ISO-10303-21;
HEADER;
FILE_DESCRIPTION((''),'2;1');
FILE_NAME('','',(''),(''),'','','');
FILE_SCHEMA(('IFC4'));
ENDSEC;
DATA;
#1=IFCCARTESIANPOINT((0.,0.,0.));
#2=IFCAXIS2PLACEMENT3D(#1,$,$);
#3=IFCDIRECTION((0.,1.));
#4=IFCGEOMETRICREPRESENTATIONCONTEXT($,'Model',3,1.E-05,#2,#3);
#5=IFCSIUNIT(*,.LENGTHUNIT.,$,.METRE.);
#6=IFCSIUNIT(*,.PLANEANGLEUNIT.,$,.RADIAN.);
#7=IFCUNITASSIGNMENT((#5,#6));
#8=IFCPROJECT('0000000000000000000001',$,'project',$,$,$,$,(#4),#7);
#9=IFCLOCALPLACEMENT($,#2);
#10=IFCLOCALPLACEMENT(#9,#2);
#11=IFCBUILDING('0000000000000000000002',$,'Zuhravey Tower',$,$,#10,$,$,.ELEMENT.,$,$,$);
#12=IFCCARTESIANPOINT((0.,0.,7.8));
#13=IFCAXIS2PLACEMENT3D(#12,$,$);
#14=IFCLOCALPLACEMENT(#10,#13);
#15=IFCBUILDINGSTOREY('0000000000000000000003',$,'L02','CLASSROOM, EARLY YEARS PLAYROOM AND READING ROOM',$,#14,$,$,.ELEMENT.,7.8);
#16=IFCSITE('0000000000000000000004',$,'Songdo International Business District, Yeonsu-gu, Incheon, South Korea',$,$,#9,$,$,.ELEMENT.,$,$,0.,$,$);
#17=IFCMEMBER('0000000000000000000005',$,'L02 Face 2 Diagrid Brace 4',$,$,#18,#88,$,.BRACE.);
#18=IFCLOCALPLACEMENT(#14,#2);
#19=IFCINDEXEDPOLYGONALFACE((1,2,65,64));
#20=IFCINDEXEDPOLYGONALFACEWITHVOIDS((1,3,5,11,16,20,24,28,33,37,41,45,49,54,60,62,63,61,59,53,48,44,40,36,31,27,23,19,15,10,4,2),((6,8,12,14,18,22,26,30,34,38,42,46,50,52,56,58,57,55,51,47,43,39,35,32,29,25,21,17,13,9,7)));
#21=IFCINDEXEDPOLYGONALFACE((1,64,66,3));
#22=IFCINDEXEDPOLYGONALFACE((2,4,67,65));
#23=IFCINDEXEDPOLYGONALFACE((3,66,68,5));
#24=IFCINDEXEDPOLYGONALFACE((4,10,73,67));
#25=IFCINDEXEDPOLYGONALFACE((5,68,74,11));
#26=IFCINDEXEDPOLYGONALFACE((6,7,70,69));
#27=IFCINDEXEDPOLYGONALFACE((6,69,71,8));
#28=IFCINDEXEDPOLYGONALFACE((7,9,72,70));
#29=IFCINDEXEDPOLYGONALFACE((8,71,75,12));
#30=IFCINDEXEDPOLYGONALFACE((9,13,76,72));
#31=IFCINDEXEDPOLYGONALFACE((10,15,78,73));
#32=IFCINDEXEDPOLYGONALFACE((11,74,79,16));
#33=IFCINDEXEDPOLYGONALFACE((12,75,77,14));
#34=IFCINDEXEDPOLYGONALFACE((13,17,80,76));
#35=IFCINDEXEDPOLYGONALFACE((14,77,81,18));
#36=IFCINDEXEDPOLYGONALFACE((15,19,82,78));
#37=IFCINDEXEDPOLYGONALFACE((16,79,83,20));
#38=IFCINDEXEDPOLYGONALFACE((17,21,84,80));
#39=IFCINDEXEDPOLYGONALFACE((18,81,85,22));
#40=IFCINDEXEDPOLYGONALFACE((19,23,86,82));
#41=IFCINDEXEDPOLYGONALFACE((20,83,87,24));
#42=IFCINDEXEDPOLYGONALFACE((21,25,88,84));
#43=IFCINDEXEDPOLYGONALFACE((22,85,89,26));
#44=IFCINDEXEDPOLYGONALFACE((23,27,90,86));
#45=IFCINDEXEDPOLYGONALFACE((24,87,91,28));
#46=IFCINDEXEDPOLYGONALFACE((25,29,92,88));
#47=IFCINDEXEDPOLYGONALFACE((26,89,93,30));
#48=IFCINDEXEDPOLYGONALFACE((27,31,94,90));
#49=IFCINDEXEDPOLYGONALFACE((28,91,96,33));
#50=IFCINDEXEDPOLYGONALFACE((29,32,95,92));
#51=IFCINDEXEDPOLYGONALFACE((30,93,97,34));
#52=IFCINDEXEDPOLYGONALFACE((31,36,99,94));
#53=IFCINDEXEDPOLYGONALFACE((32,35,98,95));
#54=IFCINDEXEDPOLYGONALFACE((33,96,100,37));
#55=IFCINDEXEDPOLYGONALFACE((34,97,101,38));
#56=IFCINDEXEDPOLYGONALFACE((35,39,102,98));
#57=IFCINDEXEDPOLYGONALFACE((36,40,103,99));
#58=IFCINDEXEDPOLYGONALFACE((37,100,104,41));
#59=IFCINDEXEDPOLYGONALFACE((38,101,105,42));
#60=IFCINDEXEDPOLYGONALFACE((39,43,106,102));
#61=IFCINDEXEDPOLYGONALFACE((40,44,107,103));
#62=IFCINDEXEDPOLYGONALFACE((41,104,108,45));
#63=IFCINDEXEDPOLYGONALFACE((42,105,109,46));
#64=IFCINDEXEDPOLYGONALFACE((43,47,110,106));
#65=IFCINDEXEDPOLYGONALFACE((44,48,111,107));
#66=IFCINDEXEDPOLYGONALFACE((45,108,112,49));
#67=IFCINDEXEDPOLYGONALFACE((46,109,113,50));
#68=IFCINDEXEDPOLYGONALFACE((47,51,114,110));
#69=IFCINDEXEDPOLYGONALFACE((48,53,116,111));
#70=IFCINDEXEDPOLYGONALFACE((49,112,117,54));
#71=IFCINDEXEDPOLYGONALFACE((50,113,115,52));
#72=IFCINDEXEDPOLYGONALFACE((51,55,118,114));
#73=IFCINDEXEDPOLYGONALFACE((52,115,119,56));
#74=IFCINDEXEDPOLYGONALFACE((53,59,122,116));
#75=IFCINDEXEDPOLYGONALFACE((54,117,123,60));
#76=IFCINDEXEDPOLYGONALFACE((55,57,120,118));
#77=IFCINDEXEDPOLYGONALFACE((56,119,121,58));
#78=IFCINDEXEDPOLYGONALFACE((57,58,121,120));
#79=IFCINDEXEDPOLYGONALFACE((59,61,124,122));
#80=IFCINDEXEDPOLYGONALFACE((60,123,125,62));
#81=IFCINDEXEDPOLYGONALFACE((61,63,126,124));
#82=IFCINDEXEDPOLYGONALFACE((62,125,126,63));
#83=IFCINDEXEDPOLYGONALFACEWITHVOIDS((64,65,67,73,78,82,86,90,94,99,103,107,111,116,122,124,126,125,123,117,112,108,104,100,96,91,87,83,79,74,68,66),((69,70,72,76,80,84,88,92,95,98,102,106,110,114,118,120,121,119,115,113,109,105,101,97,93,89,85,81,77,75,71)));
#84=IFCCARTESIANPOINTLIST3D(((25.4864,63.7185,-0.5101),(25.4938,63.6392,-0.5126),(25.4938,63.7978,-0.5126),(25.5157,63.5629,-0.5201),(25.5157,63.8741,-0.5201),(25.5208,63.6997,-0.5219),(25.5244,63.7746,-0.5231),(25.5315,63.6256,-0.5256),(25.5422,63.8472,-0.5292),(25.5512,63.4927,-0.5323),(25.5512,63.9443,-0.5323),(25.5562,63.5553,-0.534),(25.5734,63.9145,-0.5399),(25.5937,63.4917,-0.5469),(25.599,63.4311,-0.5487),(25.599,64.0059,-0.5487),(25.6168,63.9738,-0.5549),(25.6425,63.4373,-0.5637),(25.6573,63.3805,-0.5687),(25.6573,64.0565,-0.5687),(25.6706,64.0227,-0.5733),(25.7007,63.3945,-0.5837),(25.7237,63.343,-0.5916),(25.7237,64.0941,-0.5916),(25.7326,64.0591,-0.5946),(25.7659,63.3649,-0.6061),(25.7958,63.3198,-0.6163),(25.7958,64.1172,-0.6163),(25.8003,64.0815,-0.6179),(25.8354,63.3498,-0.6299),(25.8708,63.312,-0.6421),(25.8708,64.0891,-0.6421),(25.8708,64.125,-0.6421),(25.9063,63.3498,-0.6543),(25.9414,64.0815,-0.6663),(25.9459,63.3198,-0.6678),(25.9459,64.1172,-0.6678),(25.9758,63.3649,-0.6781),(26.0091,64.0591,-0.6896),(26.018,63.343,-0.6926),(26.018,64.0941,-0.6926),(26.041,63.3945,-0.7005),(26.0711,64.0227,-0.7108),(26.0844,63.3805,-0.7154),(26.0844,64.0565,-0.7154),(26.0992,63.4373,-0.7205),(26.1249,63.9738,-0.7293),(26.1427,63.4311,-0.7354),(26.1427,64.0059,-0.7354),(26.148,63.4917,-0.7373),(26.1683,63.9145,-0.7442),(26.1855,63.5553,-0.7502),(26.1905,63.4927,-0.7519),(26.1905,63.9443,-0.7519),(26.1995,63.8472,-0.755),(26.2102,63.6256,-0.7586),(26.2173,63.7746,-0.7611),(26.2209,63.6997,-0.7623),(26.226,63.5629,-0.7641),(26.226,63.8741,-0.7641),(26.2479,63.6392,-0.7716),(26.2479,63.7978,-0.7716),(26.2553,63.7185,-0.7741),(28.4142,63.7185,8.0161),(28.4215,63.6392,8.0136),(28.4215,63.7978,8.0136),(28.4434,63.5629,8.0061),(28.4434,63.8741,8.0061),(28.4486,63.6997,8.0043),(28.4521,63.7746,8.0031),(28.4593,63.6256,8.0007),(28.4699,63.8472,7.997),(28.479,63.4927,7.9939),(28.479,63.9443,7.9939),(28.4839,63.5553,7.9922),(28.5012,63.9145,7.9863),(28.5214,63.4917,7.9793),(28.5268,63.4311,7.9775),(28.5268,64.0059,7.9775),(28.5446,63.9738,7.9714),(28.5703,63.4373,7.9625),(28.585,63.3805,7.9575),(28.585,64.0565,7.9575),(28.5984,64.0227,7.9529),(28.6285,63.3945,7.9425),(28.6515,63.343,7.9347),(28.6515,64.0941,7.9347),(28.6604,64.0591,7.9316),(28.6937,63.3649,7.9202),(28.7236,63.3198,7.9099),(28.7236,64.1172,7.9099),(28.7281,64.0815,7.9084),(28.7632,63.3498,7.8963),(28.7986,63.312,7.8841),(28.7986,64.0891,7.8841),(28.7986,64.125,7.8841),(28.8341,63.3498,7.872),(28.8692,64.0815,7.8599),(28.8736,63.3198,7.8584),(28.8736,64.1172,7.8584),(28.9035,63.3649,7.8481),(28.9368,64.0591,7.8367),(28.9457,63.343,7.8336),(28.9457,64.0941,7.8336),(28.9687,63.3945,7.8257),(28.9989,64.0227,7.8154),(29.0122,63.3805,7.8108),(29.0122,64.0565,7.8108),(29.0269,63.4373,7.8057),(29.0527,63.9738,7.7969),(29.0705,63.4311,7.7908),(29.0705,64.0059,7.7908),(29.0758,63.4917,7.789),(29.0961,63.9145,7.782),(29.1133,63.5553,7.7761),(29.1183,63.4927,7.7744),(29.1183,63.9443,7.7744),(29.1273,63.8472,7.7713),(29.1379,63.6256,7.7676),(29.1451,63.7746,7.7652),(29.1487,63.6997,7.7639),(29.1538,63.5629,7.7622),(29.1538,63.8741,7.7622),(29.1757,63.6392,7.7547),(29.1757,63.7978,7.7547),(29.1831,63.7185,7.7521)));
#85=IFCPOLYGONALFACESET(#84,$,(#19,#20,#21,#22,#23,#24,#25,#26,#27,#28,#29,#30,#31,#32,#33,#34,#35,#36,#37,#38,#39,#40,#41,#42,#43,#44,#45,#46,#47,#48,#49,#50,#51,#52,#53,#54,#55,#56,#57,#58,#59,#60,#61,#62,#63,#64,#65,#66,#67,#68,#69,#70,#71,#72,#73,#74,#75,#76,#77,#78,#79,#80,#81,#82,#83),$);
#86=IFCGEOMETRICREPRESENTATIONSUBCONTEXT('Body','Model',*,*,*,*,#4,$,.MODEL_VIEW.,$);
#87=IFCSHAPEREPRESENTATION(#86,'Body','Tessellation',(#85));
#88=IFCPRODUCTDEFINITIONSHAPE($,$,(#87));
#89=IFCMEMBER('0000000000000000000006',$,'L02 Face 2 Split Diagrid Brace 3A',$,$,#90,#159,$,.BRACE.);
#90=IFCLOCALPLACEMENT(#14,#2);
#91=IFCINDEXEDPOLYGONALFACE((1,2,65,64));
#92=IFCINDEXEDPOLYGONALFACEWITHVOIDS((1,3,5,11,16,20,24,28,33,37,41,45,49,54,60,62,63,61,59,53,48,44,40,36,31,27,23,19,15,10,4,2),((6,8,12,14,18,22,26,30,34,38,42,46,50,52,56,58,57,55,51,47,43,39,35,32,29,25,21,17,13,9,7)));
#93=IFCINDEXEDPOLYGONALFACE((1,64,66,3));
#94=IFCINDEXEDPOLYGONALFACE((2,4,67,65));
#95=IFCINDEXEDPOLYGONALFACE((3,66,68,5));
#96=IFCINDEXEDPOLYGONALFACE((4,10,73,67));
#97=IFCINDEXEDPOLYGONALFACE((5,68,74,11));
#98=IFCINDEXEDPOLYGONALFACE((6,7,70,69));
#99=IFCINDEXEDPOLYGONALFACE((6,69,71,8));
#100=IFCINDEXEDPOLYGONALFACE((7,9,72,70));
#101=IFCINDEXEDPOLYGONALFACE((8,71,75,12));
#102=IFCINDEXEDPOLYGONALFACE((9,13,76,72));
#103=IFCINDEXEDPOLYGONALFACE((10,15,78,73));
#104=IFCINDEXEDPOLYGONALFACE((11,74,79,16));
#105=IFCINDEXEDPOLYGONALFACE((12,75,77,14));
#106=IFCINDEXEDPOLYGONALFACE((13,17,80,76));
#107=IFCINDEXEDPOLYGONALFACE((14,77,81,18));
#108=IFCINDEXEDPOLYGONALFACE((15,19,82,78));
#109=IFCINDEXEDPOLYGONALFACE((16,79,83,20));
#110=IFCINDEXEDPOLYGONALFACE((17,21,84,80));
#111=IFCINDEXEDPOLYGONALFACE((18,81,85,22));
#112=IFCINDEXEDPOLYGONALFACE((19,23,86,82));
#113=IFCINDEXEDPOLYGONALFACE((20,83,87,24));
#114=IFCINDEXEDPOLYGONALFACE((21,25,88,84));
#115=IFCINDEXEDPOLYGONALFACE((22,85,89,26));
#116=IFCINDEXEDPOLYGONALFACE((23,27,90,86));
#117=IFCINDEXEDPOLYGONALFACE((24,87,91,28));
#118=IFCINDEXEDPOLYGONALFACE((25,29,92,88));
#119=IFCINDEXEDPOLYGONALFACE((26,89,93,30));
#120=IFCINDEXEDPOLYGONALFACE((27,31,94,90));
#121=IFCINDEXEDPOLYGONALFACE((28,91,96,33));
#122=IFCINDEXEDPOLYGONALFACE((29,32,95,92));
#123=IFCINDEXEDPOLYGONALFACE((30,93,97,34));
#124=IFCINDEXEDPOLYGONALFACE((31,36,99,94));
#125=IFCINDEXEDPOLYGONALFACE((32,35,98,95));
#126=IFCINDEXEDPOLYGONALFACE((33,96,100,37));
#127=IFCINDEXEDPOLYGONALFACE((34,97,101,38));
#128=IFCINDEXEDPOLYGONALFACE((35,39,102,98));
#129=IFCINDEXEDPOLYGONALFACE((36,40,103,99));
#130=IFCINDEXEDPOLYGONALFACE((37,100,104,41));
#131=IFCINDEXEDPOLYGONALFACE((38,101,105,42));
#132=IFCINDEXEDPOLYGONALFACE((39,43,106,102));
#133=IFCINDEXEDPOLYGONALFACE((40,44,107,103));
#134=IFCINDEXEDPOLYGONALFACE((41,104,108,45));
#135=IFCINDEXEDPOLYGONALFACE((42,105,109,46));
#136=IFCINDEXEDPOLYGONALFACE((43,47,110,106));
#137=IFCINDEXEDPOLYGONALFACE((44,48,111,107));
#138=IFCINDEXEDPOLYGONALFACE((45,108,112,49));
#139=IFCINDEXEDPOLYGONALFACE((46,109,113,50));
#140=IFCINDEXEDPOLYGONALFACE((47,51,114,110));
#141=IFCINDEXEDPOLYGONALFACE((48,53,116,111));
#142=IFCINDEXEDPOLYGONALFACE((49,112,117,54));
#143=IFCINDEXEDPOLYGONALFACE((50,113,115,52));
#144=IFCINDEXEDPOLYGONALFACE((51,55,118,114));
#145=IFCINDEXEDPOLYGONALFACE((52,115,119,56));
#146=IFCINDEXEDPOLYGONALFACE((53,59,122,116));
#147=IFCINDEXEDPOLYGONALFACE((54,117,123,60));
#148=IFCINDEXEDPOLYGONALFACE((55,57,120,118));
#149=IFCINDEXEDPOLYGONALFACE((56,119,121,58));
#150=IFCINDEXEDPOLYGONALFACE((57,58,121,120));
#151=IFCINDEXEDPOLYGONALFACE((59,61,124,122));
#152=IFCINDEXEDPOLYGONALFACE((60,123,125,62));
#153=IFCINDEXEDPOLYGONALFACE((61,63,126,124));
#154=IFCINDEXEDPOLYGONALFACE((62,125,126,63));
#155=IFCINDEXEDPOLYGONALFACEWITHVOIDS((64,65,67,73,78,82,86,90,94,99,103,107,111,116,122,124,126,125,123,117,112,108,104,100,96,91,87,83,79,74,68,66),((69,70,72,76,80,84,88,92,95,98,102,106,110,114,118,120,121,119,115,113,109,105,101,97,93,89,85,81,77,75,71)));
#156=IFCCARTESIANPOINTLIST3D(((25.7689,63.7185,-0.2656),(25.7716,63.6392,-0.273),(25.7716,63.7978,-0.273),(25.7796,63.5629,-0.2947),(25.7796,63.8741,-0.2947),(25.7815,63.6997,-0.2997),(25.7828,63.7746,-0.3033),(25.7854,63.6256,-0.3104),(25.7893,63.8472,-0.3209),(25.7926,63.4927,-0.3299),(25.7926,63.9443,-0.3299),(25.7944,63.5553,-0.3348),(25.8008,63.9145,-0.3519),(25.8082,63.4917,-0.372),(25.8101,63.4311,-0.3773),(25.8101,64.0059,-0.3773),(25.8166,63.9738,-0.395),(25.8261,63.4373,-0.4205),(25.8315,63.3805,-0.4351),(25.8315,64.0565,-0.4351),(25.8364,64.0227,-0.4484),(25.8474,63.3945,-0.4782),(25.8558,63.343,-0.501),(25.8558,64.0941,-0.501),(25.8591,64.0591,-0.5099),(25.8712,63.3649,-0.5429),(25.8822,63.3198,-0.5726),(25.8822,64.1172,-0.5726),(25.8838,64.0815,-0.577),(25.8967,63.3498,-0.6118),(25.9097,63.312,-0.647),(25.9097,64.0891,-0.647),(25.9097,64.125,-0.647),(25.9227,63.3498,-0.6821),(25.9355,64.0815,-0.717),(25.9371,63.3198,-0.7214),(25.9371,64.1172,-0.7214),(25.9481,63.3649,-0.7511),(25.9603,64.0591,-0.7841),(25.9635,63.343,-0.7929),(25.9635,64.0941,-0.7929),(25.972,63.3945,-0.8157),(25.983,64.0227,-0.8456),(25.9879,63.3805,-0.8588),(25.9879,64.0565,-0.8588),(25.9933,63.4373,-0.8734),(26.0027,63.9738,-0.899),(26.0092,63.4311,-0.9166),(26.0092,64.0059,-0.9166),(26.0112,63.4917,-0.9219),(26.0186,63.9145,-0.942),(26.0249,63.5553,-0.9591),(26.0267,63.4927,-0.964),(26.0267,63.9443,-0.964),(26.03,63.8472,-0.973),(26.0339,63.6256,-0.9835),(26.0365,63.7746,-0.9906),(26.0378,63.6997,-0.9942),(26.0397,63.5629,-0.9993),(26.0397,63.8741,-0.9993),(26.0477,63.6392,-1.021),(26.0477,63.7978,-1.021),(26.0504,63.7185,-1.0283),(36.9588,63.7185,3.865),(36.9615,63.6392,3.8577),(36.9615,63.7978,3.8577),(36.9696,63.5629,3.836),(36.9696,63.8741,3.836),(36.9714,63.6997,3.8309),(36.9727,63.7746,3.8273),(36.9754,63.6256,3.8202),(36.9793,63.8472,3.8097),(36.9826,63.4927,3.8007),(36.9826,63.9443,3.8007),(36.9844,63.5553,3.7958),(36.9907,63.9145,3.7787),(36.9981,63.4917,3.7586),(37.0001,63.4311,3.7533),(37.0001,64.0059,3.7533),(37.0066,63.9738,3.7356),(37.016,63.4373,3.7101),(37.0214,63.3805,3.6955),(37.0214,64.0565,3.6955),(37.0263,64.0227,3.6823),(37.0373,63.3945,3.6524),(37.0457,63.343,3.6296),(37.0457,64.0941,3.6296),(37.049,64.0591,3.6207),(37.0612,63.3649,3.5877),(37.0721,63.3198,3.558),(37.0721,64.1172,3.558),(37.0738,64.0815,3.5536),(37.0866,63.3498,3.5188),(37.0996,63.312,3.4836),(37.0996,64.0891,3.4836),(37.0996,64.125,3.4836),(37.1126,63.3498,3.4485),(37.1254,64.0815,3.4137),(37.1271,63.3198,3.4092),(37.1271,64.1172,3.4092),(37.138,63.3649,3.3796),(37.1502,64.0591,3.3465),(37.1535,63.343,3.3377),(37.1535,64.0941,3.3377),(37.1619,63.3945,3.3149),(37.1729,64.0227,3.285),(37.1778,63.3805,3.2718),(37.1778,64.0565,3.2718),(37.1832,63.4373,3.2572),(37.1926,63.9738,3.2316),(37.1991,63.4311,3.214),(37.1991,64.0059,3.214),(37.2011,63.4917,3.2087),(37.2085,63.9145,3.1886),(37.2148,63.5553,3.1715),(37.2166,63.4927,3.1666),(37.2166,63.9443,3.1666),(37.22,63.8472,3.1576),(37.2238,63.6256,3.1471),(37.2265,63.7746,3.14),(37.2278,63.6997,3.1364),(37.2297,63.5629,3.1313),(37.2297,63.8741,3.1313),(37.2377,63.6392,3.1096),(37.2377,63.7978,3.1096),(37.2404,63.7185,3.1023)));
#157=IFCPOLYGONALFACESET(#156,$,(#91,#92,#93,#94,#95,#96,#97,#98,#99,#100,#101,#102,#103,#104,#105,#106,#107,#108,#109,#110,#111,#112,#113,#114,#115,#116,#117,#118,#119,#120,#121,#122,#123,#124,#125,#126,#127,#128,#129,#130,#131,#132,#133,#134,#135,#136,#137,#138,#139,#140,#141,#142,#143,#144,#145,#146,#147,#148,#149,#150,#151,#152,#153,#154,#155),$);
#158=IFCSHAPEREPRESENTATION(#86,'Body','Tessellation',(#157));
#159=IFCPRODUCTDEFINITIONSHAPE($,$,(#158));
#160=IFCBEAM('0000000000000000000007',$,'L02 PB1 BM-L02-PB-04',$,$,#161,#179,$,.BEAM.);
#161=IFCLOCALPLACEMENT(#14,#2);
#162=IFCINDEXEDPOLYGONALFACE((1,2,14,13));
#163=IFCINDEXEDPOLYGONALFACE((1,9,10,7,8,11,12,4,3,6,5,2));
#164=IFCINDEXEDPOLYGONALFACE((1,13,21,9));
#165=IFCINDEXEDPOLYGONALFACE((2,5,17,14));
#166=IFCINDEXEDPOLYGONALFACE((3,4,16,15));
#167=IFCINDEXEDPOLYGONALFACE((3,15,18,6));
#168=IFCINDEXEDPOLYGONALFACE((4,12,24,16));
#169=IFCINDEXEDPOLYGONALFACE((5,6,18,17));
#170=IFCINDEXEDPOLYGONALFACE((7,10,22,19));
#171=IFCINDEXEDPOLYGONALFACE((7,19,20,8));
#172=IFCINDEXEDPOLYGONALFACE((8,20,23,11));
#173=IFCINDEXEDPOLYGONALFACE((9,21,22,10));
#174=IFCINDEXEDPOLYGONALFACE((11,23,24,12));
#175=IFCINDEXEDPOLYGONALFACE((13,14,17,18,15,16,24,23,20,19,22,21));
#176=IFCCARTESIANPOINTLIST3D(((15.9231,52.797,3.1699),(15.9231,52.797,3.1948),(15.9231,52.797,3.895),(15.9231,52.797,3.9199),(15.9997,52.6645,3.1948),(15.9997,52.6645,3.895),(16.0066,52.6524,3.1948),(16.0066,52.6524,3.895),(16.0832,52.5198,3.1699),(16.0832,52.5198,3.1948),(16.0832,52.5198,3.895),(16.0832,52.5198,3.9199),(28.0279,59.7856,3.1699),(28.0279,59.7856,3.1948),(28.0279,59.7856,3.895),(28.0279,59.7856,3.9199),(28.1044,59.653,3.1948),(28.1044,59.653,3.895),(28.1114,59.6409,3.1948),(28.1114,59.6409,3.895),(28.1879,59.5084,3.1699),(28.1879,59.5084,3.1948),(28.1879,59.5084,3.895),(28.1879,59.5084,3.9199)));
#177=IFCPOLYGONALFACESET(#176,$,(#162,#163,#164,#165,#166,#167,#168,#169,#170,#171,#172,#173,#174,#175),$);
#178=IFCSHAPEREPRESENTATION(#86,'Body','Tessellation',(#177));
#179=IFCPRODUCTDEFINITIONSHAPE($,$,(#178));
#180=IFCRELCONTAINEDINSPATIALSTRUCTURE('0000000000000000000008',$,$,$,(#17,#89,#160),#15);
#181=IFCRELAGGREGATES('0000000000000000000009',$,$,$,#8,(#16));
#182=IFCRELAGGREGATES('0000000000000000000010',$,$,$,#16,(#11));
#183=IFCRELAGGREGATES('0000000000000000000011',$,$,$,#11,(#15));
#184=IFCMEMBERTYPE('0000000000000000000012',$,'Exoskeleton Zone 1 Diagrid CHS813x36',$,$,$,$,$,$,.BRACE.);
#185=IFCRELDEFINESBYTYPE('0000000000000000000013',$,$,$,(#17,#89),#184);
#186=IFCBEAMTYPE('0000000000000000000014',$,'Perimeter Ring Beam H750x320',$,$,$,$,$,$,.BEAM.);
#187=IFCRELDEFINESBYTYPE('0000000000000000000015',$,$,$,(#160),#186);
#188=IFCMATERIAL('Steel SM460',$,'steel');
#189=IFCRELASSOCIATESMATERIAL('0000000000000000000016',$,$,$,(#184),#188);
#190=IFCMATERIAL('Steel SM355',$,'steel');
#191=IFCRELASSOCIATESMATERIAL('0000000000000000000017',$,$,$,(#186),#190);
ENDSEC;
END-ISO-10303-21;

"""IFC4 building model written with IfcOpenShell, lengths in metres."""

from ifc_helpers import new_model, si_unit, direction, frame, origin, origin_2d, place, context, subcontext, project, spatial, hollow_circle, i_section, extrude, material, material_profile, profile_set, type_object, element, save


model = new_model("IFC4")

# Units and contexts
model_context = context("Model", 3, precision=1e-05, world=origin(), true_north=direction((0.0, 1.0)))
body_context = subcontext(model_context, "Body", "Model", "MODEL_VIEW")
ifc_project = project(units=[si_unit("LENGTHUNIT", "METRE"), si_unit("PLANEANGLEUNIT", "RADIAN")], contexts=[model_context])

# Site, building, storey
site_placement = place(None, origin())
site = spatial("IfcSite", under=ifc_project, at=site_placement, Name="Songdo International Business District, Yeonsu-gu, Incheon, South Korea", CompositionType="ELEMENT", RefElevation=0.0)
building_placement = place(site_placement, origin())
building = spatial("IfcBuilding", under=site, at=building_placement, Name="Zuhravey Tower", CompositionType="ELEMENT")
storey_placement = place(building_placement, frame((0.0, 0.0, 7.8)))
storey = spatial("IfcBuildingStorey", under=building, at=storey_placement, Name="L02", Description="CLASSROOM, EARLY YEARS PLAYROOM AND READING ROOM", CompositionType="ELEMENT", Elevation=7.8)

# Members
ifc_material_1 = material(Name="Steel SM460", Category="steel")
ifc_material_profile_1 = material_profile(ifc_material_1, hollow_circle(Radius=0.4065, WallThickness=0.0359, at=origin_2d()), Name="CHS-812.8x36")
ifc_profile_set_1 = profile_set([ifc_material_profile_1], Name="Steel SM460")
member_type_1 = type_object("IfcMemberType", Name="Exoskeleton Zone 1 Diagrid CHS813x36", PredefinedType="BRACE", material=ifc_profile_set_1)
member_1_placement = place(storey_placement, frame((25.8708, 63.7185, -0.6421), z_axis=(0.32477, 0.0, 0.945793), x_axis=(0.0, 1.0, 0.0)))
element("IfcMember", 1, at=member_1_placement, inside=storey, type_object=member_type_1, Name="L02 Face 2 Diagrid Brace 4", PredefinedType="BRACE", context=body_context, shape_type="SweptSolid", body=[
    extrude(hollow_circle(Radius=0.4065, WallThickness=0.0359, at=origin_2d()), origin(), (0.0, 0.0, 1.0), 9.0149),
])
member_2_placement = place(storey_placement, frame((25.9097, 63.7185, -0.647), z_axis=(0.938125, 0.0, 0.346296), x_axis=(0.0, 1.0, 0.0)))
element("IfcMember", 2, at=member_2_placement, inside=storey, type_object=member_type_1, Name="L02 Face 2 Split Diagrid Brace 3A", PredefinedType="BRACE", context=body_context, shape_type="SweptSolid", body=[
    extrude(hollow_circle(Radius=0.4065, WallThickness=0.0359, at=origin_2d()), origin(), (0.0, 0.0, 1.0), 11.928),
])

# Beam
ifc_material_2 = material(Name="Steel SM355", Category="steel")
ifc_material_profile_2 = material_profile(ifc_material_2, i_section(OverallWidth=0.3201, OverallDepth=0.75, WebThickness=0.0139, FlangeThickness=0.0249, at=origin_2d()), Name="H-750x320x14x25")
ifc_profile_set_2 = profile_set([ifc_material_profile_2], Name="Steel SM355")
beam_type_1 = type_object("IfcBeamType", Name="Perimeter Ring Beam H750x320", PredefinedType="BEAM", material=ifc_profile_set_2)
beam_1_placement = place(storey_placement, frame((28.1079, 59.647, 3.5449), z_axis=(-0.86603, -0.499992, 0.0), x_axis=(0.499992, -0.86603, 0.0)))
element("IfcBeam", 3, at=beam_1_placement, inside=storey, type_object=beam_type_1, Name="L02 PB1 BM-L02-PB-04", PredefinedType="BEAM", context=body_context, shape_type="SweptSolid", body=[
    extrude(i_section(OverallWidth=0.3201, OverallDepth=0.75, WebThickness=0.0139, FlangeThickness=0.0249, at=origin_2d()), origin(), (0.0, 0.0, 1.0), 13.9773),
])

save(model, "model.ifc")
